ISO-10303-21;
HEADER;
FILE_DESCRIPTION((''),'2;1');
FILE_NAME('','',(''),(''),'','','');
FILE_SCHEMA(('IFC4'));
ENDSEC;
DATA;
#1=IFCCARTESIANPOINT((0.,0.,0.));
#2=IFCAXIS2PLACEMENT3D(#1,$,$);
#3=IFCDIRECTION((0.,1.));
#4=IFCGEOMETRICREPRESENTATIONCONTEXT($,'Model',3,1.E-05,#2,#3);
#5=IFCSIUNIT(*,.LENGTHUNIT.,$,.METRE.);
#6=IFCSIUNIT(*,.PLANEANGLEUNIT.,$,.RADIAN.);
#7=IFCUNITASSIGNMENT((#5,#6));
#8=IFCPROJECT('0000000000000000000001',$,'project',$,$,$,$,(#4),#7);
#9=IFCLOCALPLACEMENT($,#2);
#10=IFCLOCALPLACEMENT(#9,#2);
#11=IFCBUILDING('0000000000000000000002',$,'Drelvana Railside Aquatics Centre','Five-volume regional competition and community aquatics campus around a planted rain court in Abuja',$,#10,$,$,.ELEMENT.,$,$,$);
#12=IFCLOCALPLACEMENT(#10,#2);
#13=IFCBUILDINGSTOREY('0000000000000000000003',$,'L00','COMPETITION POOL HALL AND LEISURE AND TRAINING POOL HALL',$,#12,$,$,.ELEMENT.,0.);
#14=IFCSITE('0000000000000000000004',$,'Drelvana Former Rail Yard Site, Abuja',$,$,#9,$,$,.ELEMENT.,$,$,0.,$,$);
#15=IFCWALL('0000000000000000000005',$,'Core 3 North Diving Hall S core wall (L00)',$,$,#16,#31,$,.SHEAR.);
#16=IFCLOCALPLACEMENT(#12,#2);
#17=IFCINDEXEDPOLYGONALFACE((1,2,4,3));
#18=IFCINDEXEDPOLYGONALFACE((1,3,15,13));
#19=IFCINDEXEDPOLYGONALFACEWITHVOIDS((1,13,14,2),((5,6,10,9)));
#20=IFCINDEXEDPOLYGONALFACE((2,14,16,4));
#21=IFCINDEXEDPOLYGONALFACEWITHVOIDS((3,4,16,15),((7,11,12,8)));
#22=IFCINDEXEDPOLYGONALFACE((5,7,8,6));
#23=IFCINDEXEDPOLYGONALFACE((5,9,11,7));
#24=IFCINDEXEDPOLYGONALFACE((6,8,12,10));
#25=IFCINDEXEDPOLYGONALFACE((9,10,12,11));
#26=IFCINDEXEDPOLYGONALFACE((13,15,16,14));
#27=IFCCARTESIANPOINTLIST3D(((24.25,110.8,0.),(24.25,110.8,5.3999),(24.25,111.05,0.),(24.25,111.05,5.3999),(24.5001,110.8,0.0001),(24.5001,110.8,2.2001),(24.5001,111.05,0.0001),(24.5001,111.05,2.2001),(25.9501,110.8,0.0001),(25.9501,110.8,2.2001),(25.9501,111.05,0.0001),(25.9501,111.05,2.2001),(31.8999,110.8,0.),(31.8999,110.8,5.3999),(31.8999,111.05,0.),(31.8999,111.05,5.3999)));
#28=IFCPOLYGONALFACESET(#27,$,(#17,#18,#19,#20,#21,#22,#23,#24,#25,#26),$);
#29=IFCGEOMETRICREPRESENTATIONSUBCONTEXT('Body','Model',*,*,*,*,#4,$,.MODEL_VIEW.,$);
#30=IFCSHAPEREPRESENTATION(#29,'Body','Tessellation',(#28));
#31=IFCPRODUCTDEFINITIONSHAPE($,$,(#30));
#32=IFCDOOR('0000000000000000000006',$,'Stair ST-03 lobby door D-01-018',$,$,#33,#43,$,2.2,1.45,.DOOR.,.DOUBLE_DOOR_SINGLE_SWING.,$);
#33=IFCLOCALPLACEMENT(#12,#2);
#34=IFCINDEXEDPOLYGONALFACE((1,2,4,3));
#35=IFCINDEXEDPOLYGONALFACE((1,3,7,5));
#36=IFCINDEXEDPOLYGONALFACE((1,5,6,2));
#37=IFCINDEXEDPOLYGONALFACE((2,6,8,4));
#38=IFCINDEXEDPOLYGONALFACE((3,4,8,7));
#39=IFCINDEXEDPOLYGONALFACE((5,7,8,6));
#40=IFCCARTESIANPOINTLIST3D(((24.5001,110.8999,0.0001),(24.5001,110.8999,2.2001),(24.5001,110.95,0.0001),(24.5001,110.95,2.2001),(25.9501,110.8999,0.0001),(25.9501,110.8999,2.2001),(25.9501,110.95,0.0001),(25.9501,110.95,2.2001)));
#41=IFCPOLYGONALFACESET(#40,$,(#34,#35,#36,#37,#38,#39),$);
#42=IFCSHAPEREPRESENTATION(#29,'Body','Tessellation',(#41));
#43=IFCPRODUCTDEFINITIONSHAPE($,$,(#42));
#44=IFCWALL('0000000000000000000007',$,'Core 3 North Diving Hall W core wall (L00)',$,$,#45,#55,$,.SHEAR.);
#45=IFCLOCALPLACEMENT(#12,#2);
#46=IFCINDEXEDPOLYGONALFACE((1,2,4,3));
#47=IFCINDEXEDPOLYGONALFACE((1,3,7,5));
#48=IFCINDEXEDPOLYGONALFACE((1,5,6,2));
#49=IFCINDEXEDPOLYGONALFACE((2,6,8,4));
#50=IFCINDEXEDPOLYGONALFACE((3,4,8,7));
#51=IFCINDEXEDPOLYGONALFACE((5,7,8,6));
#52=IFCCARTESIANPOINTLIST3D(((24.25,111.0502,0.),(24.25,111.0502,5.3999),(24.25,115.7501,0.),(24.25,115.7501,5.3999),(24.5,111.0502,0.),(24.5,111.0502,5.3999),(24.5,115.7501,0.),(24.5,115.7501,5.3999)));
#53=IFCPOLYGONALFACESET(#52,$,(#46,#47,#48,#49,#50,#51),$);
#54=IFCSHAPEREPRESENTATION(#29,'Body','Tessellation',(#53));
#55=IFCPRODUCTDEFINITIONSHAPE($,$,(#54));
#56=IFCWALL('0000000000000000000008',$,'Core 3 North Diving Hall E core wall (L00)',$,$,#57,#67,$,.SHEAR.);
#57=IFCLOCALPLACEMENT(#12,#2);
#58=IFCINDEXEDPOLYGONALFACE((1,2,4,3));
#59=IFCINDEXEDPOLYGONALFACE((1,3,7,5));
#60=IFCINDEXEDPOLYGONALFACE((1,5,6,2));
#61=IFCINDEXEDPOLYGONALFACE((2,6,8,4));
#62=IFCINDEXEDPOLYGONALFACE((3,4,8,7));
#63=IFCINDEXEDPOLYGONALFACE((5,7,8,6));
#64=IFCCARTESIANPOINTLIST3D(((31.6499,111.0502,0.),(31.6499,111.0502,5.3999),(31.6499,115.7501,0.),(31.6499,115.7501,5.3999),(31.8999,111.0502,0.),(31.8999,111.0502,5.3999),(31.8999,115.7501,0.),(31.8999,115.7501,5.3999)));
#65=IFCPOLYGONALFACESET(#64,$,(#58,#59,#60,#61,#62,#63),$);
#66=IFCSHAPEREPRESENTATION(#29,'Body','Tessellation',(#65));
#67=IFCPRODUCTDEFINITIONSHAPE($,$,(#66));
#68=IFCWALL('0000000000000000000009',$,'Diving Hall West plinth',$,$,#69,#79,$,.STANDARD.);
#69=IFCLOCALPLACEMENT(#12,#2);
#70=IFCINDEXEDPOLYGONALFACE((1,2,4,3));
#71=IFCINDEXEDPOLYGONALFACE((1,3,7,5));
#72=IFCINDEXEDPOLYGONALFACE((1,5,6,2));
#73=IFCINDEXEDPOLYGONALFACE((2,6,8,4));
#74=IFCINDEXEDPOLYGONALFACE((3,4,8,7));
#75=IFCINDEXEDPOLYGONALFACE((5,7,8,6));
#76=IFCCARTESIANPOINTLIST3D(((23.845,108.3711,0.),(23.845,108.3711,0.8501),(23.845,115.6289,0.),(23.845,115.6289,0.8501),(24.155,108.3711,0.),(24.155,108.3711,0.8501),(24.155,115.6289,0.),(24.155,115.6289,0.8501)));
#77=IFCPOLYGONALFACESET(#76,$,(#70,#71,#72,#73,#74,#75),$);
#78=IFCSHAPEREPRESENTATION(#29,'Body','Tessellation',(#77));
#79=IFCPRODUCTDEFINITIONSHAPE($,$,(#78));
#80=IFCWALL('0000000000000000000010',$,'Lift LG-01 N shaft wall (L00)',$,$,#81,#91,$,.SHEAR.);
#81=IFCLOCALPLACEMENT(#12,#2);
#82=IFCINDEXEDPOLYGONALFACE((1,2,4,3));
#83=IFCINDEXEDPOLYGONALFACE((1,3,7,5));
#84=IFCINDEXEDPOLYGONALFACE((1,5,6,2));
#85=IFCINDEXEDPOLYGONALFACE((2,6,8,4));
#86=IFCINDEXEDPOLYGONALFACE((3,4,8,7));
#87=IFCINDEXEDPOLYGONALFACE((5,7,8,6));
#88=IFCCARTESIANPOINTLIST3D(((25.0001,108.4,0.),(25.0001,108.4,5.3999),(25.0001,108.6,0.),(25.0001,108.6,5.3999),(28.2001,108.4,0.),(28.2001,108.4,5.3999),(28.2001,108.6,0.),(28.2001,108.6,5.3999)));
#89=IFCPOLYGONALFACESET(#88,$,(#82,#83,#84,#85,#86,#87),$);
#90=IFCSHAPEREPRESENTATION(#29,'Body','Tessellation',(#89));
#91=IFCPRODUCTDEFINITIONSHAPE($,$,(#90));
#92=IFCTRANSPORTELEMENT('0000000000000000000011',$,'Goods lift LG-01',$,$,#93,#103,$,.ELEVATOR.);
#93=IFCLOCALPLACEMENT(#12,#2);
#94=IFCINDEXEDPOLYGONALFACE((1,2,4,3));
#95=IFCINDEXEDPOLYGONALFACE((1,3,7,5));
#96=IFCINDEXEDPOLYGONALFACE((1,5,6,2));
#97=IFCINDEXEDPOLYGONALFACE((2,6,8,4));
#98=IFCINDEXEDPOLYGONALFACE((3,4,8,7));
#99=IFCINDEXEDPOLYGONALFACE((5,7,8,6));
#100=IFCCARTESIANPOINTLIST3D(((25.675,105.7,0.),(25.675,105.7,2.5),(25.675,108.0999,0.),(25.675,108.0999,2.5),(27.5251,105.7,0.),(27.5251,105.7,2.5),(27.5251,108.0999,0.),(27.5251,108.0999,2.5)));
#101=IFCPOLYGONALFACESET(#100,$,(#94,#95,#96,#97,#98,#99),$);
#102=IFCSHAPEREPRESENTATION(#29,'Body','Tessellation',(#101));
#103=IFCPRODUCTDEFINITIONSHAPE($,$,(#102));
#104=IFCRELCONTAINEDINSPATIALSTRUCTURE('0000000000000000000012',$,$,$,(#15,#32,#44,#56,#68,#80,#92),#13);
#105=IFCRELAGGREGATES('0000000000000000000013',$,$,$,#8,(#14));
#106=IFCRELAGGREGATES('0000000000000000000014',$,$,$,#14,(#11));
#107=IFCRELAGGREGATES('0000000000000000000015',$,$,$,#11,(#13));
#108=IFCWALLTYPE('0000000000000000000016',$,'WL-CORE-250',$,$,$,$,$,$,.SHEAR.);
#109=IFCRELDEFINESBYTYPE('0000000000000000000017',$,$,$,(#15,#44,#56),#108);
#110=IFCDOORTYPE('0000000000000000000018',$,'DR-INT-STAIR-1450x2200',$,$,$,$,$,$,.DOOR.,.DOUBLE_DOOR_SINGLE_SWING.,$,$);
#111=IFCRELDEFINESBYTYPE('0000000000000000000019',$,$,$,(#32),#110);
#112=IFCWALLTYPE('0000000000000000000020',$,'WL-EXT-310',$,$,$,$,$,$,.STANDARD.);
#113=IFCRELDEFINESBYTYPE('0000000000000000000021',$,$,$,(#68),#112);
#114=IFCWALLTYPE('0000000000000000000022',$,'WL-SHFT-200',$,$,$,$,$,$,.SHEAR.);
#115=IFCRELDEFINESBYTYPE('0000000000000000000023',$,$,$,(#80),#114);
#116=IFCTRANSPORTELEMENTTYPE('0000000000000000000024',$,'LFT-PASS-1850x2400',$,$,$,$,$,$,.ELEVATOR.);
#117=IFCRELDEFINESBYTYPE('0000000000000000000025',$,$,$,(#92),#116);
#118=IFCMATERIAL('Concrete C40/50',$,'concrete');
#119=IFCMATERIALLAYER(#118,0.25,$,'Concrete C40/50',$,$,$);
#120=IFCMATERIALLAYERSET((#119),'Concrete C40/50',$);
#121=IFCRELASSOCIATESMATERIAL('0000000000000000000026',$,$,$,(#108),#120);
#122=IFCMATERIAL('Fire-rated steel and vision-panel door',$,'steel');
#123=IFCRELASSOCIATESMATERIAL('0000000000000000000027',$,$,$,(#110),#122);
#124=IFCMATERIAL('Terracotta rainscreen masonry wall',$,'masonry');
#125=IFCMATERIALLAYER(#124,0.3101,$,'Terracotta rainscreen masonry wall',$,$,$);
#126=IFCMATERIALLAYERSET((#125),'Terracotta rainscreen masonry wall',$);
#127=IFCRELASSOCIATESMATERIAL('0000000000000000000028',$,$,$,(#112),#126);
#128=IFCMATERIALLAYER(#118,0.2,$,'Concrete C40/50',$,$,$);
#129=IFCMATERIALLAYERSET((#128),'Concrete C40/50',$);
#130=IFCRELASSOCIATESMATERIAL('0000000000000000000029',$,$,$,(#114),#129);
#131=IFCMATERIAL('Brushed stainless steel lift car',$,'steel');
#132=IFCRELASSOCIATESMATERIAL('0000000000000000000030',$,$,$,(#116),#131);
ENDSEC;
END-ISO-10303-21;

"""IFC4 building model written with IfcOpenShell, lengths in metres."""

from ifc_helpers import new_model, si_unit, direction, frame, frame_2d, origin, origin_2d, place, context, subcontext, project, spatial, rectangle, extrude, material, layer, layer_set, type_object, element, fill, save


model = new_model("IFC4")

# Units and contexts
model_context = context("Model", 3, precision=1e-05, world=origin(), true_north=direction((0.0, 1.0)))
body_context = subcontext(model_context, "Body", "Model", "MODEL_VIEW")
ifc_project = project(units=[si_unit("LENGTHUNIT", "METRE"), si_unit("PLANEANGLEUNIT", "RADIAN")], contexts=[model_context])

# Site, building, storey
site_placement = place(None, origin())
site = spatial("IfcSite", under=ifc_project, at=site_placement, Name="Drelvana Former Rail Yard Site, Abuja", CompositionType="ELEMENT", RefElevation=0.0)
building_placement = place(site_placement, origin())
building = spatial("IfcBuilding", under=site, at=building_placement, Name="Drelvana Railside Aquatics Centre", Description="Five-volume regional competition and community aquatics campus around a planted rain court in Abuja", CompositionType="ELEMENT")
storey_placement = place(building_placement, origin())
storey = spatial("IfcBuildingStorey", under=building, at=storey_placement, Name="L00", Description="COMPETITION POOL HALL AND LEISURE AND TRAINING POOL HALL", CompositionType="ELEMENT", Elevation=0.0)

# Shared definitions
ifc_material_1 = material(Name="Concrete C40/50", Category="concrete")

# Wall, opening, door
ifc_layer_1 = layer(ifc_material_1, 0.25, Name="Concrete C40/50")
ifc_layer_set_1 = layer_set([ifc_layer_1], Name="Concrete C40/50")
wall_type_1 = type_object("IfcWallType", Name="WL-CORE-250", PredefinedType="SHEAR", material=ifc_layer_set_1)
wall_1_placement = place(storey_placement, frame((24.25, 110.925, 0.0), z_axis=(0.0, 0.0, 1.0), x_axis=(1.0, 0.0, 0.0)))
wall_1 = element("IfcWall", 1, at=wall_1_placement, inside=storey, type_object=wall_type_1, Name="Core 3 North Diving Hall S core wall (L00)", PredefinedType="SHEAR", context=body_context, shape_type="SweptSolid", body=[
    extrude(rectangle(XDim=7.6499, YDim=0.25, at=frame_2d((3.825, 0.0))), origin(), (0.0, 0.0, 1.0), 5.3999),
])
opening_placement = place(wall_1_placement, frame((0.25, 0.0, 0.0)))
opening = element("IfcOpeningElement", 2, at=opening_placement, cuts=wall_1, PredefinedType="OPENING", context=body_context, shape_type="SweptSolid", body=[
    extrude(rectangle(XDim=1.45, YDim=2.2, at=frame_2d((0.7251, 1.1001))), frame((0.0, 0.135, 0.0), z_axis=(0.0, -1.0, 0.0), x_axis=(1.0, 0.0, 0.0)), (0.0, 0.0, 1.0), 0.27),
])
ifc_material_2 = material(Name="Fire-rated steel and vision-panel door", Category="steel")
door_type = type_object("IfcDoorType", Name="DR-INT-STAIR-1450x2200", OperationType="DOUBLE_DOOR_SINGLE_SWING", PredefinedType="DOOR", material=ifc_material_2)
door_placement = place(opening_placement, origin())
door = element("IfcDoor", 3, at=door_placement, inside=storey, type_object=door_type, Name="Stair ST-03 lobby door D-01-018", OperationType="DOUBLE_DOOR_SINGLE_SWING", OverallHeight=2.2, OverallWidth=1.45, PredefinedType="DOOR", context=body_context, shape_type="SweptSolid", body=[
    extrude(rectangle(XDim=1.45, YDim=2.2, at=frame_2d((0.7251, 1.1001))), frame((0.0, 0.0249, 0.0), z_axis=(0.0, -1.0, 0.0), x_axis=(1.0, 0.0, 0.0)), (0.0, 0.0, 1.0), 0.05),
])
fill(opening, door)

# Walls
for number, where, z_axis, x_axis, name in (
    (4, (24.375, 111.05, 0.0), (0.0, 0.0, 1.0), (0.0, 1.0, 0.0), "Core 3 North Diving Hall W core wall (L00)"),
    (5, (31.7749, 111.05, 0.0), (0.0, 0.0, 1.0), (0.0, 1.0, 0.0), "Core 3 North Diving Hall E core wall (L00)"),
):
    element("IfcWall", number, at=place(storey_placement, frame(where, z_axis=z_axis, x_axis=x_axis)), inside=storey, type_object=wall_type_1, Name=name, PredefinedType="SHEAR", context=body_context, shape_type="SweptSolid", body=[
        extrude(rectangle(XDim=4.7, YDim=0.25, at=frame_2d((2.3501, 0.0))), origin(), (0.0, 0.0, 1.0), 5.3999),
    ])
ifc_material_3 = material(Name="Terracotta rainscreen masonry wall", Category="masonry")
ifc_layer_2 = layer(ifc_material_3, 0.3101, Name="Terracotta rainscreen masonry wall")
ifc_layer_set_2 = layer_set([ifc_layer_2], Name="Terracotta rainscreen masonry wall")
wall_type_2 = type_object("IfcWallType", Name="WL-EXT-310", PredefinedType="STANDARD", material=ifc_layer_set_2)
wall_2_placement = place(storey_placement, frame((24.0, 108.3711, 0.0), z_axis=(0.0, 0.0, 1.0), x_axis=(0.0, 1.0, 0.0)))
element("IfcWall", 6, at=wall_2_placement, inside=storey, type_object=wall_type_2, Name="Diving Hall West plinth", PredefinedType="STANDARD", context=body_context, shape_type="SweptSolid", body=[
    extrude(rectangle(XDim=7.2578, YDim=0.3101, at=frame_2d((3.6289, 0.0))), origin(), (0.0, 0.0, 1.0), 0.8501),
])
ifc_layer_3 = layer(ifc_material_1, 0.2, Name="Concrete C40/50")
ifc_layer_set_3 = layer_set([ifc_layer_3], Name="Concrete C40/50")
wall_type_3 = type_object("IfcWallType", Name="WL-SHFT-200", PredefinedType="SHEAR", material=ifc_layer_set_3)
wall_3_placement = place(storey_placement, frame((25.0, 108.5, 0.0), z_axis=(0.0, 0.0, 1.0), x_axis=(1.0, 0.0, 0.0)))
element("IfcWall", 7, at=wall_3_placement, inside=storey, type_object=wall_type_3, Name="Lift LG-01 N shaft wall (L00)", PredefinedType="SHEAR", context=body_context, shape_type="SweptSolid", body=[
    extrude(rectangle(XDim=3.2, YDim=0.2, at=frame_2d((1.6001, 0.0))), origin(), (0.0, 0.0, 1.0), 5.3999),
])

# Transport element
ifc_material_4 = material(Name="Brushed stainless steel lift car", Category="steel")
transport_element_type = type_object("IfcTransportElementType", Name="LFT-PASS-1850x2400", PredefinedType="ELEVATOR", material=ifc_material_4)
transport_element_placement = place(storey_placement, frame((26.6001, 106.8999, 0.0), z_axis=(0.0, 0.0, 1.0), x_axis=(1.0, 0.0, 0.0)))
element("IfcTransportElement", 8, at=transport_element_placement, inside=storey, type_object=transport_element_type, Name="Goods lift LG-01", PredefinedType="ELEVATOR", context=body_context, shape_type="SweptSolid", body=[
    extrude(rectangle(XDim=1.8501, YDim=2.3999, at=origin_2d()), origin(), (0.0, 0.0, 1.0), 2.5),
])

save(model, "model.ifc")
